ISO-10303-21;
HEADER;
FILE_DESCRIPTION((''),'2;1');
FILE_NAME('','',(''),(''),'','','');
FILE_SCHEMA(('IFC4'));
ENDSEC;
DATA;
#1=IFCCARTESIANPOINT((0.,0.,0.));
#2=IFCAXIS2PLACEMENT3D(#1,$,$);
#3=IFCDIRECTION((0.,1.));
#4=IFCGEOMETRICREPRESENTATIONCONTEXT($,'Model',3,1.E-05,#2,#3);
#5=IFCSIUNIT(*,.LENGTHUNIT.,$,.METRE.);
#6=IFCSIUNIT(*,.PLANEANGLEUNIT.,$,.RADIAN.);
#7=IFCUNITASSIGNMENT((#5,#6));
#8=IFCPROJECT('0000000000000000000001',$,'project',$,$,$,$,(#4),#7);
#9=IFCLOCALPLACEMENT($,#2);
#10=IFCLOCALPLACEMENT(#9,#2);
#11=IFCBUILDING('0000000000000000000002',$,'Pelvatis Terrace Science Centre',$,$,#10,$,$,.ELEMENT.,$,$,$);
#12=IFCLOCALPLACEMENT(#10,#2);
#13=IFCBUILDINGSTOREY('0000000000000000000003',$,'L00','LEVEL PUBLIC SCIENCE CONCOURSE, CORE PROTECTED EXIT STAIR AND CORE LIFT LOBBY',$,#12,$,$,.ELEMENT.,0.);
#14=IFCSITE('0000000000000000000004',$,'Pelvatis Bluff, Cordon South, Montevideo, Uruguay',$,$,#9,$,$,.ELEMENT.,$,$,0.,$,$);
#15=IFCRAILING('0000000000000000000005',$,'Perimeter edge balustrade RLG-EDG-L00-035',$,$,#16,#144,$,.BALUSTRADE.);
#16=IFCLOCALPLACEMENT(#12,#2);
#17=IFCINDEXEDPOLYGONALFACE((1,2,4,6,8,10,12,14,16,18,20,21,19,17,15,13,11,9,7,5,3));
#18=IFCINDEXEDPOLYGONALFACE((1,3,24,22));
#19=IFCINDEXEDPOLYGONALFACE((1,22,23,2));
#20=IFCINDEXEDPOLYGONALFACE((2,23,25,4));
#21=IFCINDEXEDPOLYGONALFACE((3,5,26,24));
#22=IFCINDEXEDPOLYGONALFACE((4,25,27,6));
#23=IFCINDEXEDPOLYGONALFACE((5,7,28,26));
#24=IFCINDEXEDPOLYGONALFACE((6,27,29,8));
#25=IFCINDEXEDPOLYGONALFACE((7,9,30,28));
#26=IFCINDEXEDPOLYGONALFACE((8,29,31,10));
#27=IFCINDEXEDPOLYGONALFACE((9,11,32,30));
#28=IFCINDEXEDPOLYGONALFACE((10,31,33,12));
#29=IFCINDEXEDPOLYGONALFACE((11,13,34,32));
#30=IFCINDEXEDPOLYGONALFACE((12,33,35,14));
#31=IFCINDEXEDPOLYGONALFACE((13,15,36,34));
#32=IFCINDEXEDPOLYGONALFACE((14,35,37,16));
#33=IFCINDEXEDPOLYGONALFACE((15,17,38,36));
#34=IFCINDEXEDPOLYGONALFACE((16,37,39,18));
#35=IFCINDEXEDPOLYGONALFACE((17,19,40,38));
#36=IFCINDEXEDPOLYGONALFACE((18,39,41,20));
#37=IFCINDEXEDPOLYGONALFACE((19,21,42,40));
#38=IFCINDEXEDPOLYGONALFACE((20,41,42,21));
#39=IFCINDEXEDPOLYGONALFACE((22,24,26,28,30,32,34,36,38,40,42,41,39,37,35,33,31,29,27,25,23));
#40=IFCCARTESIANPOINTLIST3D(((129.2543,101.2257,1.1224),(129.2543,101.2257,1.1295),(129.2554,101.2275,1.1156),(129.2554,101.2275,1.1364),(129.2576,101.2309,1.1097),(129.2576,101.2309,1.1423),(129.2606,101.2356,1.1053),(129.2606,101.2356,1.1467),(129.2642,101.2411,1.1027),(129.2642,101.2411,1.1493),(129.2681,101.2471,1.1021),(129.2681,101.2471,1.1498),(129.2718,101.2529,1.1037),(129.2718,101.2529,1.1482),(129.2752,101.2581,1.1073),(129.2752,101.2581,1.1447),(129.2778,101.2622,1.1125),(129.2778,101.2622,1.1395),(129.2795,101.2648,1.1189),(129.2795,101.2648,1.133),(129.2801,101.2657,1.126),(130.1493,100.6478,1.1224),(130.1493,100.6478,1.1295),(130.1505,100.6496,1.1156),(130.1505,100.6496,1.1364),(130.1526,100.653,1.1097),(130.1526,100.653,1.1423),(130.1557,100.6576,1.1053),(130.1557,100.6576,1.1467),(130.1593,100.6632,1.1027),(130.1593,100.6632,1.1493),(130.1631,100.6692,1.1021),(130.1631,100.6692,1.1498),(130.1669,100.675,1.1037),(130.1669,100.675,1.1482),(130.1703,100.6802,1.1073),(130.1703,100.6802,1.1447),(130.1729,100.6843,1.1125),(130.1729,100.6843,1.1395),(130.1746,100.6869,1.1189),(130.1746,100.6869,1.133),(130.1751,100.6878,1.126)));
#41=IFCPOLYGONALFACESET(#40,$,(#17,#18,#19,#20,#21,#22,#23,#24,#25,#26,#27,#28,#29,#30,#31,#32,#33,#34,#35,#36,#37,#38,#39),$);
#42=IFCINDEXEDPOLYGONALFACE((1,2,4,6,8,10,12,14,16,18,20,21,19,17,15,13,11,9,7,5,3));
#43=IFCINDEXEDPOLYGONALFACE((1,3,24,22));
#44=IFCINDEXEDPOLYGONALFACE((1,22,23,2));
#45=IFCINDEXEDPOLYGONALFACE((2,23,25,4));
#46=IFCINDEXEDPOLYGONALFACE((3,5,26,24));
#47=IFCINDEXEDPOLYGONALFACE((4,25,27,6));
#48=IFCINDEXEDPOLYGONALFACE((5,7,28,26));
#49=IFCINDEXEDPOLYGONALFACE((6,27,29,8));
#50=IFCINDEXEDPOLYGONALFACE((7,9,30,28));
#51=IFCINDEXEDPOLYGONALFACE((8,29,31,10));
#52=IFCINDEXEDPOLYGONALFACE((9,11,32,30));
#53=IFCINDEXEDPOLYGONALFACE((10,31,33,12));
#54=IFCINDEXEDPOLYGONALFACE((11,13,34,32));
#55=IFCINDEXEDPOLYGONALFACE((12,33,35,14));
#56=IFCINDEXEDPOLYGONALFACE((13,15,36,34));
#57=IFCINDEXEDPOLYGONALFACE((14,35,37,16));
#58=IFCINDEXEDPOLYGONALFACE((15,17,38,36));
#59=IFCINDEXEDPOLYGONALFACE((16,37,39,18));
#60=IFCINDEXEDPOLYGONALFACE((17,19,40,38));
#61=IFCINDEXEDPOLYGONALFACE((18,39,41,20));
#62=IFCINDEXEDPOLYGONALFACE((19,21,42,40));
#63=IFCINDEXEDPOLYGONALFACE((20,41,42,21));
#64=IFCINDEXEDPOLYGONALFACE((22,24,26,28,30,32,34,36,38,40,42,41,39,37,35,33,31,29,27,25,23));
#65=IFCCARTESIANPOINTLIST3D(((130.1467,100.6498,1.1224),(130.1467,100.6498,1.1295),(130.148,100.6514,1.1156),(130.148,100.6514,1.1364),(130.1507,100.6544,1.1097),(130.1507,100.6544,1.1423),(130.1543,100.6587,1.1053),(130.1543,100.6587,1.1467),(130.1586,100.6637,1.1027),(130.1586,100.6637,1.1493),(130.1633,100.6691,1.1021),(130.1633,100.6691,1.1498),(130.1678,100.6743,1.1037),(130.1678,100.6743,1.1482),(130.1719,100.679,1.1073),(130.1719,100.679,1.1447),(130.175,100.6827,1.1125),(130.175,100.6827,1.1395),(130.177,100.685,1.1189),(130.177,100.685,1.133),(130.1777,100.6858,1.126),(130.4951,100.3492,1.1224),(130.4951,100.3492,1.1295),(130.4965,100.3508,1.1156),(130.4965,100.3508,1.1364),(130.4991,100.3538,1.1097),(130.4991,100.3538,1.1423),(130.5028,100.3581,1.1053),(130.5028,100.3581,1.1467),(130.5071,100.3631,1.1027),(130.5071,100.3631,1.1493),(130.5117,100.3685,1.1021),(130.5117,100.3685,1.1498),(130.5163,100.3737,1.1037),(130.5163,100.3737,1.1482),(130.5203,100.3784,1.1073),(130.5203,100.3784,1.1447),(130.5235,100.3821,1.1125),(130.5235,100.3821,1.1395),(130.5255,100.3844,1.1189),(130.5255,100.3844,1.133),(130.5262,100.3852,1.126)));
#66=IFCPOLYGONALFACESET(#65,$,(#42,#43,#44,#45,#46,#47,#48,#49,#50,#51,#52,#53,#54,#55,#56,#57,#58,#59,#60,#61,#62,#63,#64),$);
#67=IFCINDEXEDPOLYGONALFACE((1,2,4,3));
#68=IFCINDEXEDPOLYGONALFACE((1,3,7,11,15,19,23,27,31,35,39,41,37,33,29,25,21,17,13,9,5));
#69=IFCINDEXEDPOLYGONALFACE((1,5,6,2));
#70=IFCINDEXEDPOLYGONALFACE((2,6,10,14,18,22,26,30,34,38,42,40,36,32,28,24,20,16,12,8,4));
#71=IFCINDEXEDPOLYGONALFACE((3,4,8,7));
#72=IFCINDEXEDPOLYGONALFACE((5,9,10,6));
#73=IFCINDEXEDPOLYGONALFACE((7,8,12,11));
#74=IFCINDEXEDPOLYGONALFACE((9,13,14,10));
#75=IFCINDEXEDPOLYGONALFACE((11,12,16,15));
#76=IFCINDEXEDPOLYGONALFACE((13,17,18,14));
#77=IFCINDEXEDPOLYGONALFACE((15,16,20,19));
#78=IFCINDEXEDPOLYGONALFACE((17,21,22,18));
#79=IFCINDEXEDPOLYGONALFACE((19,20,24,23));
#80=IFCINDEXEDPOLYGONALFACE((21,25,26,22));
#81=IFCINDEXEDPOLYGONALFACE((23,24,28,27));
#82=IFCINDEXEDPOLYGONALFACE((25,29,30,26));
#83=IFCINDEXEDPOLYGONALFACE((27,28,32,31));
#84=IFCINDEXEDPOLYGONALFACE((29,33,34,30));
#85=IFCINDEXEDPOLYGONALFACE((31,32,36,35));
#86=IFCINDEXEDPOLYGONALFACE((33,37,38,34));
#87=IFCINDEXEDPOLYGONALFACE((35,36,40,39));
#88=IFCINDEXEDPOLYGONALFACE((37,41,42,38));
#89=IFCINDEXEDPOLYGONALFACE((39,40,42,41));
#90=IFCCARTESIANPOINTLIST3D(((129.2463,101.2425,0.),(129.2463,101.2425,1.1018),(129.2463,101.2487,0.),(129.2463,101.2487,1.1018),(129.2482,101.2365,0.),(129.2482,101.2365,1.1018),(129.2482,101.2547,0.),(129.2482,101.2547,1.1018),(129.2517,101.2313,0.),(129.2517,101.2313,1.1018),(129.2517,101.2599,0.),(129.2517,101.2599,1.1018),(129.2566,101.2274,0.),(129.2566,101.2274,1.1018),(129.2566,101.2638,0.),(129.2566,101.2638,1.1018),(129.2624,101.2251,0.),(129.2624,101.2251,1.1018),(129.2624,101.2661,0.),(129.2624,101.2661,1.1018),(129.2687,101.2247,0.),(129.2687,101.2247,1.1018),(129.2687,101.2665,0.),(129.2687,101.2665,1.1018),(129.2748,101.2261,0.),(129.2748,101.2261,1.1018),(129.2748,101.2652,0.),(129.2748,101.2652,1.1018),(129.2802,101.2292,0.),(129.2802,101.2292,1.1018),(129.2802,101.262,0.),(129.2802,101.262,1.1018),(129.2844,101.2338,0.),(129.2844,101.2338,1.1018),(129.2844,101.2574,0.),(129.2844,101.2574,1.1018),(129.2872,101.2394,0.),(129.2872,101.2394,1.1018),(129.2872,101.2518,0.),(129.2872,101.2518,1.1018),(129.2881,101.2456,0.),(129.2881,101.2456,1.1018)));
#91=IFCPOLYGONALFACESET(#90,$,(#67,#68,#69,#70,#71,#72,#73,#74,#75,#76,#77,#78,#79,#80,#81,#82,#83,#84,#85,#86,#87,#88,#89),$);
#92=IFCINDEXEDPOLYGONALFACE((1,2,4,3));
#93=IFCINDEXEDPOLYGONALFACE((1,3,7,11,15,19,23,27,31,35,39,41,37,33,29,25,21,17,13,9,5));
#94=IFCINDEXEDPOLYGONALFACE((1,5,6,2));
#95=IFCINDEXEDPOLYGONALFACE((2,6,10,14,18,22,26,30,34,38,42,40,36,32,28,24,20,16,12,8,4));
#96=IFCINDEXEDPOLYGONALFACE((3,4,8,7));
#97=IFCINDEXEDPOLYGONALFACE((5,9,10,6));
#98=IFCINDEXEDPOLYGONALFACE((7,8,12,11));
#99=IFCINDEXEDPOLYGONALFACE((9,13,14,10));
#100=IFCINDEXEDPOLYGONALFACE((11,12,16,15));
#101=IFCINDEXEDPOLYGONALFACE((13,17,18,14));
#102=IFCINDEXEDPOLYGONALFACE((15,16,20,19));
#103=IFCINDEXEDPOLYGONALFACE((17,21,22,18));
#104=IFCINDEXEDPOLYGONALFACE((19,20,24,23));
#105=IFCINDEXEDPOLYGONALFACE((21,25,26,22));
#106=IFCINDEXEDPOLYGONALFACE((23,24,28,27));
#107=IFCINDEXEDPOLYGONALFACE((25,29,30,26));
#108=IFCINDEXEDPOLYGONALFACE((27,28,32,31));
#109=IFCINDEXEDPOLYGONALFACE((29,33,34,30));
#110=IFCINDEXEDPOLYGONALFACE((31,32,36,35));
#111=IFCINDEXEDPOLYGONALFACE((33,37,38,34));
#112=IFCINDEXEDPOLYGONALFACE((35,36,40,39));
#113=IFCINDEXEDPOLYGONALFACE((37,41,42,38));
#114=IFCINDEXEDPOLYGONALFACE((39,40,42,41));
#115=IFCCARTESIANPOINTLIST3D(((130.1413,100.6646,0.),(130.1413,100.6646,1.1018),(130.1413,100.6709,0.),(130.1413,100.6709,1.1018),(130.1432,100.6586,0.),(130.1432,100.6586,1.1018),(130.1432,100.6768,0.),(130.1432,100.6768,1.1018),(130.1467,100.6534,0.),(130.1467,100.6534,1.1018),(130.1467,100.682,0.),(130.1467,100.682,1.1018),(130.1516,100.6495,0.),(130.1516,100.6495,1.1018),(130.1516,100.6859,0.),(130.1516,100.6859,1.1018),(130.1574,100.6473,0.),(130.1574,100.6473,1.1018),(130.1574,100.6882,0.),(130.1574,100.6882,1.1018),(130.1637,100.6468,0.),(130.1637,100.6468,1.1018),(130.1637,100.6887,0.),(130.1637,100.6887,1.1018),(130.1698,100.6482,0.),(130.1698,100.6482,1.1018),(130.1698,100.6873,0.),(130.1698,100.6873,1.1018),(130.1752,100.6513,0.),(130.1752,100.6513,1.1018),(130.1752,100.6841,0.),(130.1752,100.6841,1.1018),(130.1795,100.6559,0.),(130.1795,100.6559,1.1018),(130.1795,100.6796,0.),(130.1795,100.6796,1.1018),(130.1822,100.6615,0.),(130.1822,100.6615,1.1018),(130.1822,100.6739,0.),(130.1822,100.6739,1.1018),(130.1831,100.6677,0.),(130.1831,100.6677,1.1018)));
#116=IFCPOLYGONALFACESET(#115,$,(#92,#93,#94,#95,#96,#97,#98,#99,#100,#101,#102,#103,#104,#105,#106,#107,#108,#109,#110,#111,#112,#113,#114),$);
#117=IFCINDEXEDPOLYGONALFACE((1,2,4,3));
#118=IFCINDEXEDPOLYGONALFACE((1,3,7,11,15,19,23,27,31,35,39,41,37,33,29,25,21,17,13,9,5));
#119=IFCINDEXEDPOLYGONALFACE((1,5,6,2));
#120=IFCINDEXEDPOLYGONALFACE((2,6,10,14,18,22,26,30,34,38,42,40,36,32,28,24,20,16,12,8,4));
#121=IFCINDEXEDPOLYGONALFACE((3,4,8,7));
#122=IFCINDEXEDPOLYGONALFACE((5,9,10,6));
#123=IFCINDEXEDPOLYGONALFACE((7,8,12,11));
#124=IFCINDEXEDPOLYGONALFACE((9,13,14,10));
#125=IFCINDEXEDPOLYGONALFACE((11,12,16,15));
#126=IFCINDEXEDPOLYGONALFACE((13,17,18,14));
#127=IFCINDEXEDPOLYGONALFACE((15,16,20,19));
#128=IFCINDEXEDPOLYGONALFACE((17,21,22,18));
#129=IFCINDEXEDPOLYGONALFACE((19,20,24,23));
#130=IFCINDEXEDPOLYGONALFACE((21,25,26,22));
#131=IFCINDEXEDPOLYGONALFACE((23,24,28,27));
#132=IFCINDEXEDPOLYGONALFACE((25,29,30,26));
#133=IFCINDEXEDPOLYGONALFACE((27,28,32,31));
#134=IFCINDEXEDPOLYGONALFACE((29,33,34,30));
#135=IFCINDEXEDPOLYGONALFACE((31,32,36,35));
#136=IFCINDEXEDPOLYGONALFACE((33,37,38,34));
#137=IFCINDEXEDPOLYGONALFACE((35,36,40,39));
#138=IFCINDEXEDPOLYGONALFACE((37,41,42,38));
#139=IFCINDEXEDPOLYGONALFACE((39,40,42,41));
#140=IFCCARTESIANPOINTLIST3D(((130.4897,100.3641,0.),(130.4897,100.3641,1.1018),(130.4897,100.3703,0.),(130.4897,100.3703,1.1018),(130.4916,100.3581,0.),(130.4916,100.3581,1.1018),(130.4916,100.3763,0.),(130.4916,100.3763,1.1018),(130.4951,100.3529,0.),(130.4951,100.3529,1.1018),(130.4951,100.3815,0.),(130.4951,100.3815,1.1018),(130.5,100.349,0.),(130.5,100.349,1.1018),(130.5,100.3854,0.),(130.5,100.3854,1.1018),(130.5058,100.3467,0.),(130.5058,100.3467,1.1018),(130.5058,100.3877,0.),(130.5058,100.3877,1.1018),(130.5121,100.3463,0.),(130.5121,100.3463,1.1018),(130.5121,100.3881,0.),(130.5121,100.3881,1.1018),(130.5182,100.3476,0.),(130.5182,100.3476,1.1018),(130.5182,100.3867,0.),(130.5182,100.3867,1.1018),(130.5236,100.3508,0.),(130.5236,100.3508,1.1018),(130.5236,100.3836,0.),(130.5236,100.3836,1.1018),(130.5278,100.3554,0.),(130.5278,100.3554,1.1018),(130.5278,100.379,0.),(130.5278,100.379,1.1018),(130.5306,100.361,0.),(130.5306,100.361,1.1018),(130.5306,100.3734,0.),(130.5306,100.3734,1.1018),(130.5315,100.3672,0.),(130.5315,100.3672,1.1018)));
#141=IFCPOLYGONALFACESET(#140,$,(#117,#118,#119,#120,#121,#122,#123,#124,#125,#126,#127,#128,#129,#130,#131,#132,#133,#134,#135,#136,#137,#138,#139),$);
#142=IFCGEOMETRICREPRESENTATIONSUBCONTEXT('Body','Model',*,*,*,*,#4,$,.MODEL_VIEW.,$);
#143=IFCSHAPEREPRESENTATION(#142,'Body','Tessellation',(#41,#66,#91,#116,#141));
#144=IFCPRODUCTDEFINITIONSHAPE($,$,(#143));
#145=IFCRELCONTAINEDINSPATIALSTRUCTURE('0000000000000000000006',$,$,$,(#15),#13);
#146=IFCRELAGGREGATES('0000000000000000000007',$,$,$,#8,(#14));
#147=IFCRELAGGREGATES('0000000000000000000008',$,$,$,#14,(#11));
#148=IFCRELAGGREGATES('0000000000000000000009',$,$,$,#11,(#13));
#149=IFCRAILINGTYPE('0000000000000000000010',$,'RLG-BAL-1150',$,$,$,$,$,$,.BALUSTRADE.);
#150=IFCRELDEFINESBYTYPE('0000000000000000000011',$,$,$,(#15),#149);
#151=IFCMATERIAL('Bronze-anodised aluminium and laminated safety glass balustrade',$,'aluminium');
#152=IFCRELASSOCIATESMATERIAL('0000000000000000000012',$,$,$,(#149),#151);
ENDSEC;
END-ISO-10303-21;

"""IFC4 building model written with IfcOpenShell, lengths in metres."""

from ifc_helpers import new_model, si_unit, direction, frame, origin, origin_2d, place, context, subcontext, project, spatial, circle, extrude, material, type_object, element, save


model = new_model("IFC4")

# Units and contexts
model_context = context("Model", 3, precision=1e-05, world=origin(), true_north=direction((0.0, 1.0)))
body_context = subcontext(model_context, "Body", "Model", "MODEL_VIEW")
ifc_project = project(units=[si_unit("LENGTHUNIT", "METRE"), si_unit("PLANEANGLEUNIT", "RADIAN")], contexts=[model_context])

# Site, building, storey
site_placement = place(None, origin())
site = spatial("IfcSite", under=ifc_project, at=site_placement, Name="Pelvatis Bluff, Cordon South, Montevideo, Uruguay", CompositionType="ELEMENT", RefElevation=0.0)
building_placement = place(site_placement, origin())
building = spatial("IfcBuilding", under=site, at=building_placement, Name="Pelvatis Terrace Science Centre", CompositionType="ELEMENT")
storey_placement = place(building_placement, origin())
storey = spatial("IfcBuildingStorey", under=building, at=storey_placement, Name="L00", Description="LEVEL PUBLIC SCIENCE CONCOURSE, CORE PROTECTED EXIT STAIR AND CORE LIFT LOBBY", CompositionType="ELEMENT", Elevation=0.0)

# Railing
ifc_material_1 = material(Name="Bronze-anodised aluminium and laminated safety glass balustrade", Category="aluminium")
railing_type = type_object("IfcRailingType", Name="RLG-BAL-1150", PredefinedType="BALUSTRADE", material=ifc_material_1)
railing_placement = place(storey_placement, frame((129.2671, 101.2456, 0.0)))
element("IfcRailing", 1, at=railing_placement, inside=storey, type_object=railing_type, Name="Perimeter edge balustrade RLG-EDG-L00-035", PredefinedType="BALUSTRADE", context=body_context, shape_type="SweptSolid", body=[
    extrude(circle(Radius=0.0239, at=origin_2d()), frame((0.0, 0.0, 1.126), z_axis=(0.840105, -0.542424, 0.0), x_axis=(0.542424, 0.840105, 0.0)), (0.0, 0.0, 1.0), 1.0654),
    extrude(circle(Radius=0.0239, at=origin_2d()), frame((0.895, -0.5779, 1.126), z_axis=(0.757193, -0.653192, 0.0), x_axis=(0.653192, 0.757193, 0.0)), (0.0, 0.0, 1.0), 0.4602),
    extrude(circle(Radius=0.021, at=origin_2d()), origin(), (0.0, 0.0, 1.0), 1.1018),
    extrude(circle(Radius=0.021, at=origin_2d()), frame((0.895, -0.5779, 0.0)), (0.0, 0.0, 1.0), 1.1018),
    extrude(circle(Radius=0.021, at=origin_2d()), frame((1.2434, -0.8784, 0.0)), (0.0, 0.0, 1.0), 1.1018),
])

save(model, "model.ifc")
